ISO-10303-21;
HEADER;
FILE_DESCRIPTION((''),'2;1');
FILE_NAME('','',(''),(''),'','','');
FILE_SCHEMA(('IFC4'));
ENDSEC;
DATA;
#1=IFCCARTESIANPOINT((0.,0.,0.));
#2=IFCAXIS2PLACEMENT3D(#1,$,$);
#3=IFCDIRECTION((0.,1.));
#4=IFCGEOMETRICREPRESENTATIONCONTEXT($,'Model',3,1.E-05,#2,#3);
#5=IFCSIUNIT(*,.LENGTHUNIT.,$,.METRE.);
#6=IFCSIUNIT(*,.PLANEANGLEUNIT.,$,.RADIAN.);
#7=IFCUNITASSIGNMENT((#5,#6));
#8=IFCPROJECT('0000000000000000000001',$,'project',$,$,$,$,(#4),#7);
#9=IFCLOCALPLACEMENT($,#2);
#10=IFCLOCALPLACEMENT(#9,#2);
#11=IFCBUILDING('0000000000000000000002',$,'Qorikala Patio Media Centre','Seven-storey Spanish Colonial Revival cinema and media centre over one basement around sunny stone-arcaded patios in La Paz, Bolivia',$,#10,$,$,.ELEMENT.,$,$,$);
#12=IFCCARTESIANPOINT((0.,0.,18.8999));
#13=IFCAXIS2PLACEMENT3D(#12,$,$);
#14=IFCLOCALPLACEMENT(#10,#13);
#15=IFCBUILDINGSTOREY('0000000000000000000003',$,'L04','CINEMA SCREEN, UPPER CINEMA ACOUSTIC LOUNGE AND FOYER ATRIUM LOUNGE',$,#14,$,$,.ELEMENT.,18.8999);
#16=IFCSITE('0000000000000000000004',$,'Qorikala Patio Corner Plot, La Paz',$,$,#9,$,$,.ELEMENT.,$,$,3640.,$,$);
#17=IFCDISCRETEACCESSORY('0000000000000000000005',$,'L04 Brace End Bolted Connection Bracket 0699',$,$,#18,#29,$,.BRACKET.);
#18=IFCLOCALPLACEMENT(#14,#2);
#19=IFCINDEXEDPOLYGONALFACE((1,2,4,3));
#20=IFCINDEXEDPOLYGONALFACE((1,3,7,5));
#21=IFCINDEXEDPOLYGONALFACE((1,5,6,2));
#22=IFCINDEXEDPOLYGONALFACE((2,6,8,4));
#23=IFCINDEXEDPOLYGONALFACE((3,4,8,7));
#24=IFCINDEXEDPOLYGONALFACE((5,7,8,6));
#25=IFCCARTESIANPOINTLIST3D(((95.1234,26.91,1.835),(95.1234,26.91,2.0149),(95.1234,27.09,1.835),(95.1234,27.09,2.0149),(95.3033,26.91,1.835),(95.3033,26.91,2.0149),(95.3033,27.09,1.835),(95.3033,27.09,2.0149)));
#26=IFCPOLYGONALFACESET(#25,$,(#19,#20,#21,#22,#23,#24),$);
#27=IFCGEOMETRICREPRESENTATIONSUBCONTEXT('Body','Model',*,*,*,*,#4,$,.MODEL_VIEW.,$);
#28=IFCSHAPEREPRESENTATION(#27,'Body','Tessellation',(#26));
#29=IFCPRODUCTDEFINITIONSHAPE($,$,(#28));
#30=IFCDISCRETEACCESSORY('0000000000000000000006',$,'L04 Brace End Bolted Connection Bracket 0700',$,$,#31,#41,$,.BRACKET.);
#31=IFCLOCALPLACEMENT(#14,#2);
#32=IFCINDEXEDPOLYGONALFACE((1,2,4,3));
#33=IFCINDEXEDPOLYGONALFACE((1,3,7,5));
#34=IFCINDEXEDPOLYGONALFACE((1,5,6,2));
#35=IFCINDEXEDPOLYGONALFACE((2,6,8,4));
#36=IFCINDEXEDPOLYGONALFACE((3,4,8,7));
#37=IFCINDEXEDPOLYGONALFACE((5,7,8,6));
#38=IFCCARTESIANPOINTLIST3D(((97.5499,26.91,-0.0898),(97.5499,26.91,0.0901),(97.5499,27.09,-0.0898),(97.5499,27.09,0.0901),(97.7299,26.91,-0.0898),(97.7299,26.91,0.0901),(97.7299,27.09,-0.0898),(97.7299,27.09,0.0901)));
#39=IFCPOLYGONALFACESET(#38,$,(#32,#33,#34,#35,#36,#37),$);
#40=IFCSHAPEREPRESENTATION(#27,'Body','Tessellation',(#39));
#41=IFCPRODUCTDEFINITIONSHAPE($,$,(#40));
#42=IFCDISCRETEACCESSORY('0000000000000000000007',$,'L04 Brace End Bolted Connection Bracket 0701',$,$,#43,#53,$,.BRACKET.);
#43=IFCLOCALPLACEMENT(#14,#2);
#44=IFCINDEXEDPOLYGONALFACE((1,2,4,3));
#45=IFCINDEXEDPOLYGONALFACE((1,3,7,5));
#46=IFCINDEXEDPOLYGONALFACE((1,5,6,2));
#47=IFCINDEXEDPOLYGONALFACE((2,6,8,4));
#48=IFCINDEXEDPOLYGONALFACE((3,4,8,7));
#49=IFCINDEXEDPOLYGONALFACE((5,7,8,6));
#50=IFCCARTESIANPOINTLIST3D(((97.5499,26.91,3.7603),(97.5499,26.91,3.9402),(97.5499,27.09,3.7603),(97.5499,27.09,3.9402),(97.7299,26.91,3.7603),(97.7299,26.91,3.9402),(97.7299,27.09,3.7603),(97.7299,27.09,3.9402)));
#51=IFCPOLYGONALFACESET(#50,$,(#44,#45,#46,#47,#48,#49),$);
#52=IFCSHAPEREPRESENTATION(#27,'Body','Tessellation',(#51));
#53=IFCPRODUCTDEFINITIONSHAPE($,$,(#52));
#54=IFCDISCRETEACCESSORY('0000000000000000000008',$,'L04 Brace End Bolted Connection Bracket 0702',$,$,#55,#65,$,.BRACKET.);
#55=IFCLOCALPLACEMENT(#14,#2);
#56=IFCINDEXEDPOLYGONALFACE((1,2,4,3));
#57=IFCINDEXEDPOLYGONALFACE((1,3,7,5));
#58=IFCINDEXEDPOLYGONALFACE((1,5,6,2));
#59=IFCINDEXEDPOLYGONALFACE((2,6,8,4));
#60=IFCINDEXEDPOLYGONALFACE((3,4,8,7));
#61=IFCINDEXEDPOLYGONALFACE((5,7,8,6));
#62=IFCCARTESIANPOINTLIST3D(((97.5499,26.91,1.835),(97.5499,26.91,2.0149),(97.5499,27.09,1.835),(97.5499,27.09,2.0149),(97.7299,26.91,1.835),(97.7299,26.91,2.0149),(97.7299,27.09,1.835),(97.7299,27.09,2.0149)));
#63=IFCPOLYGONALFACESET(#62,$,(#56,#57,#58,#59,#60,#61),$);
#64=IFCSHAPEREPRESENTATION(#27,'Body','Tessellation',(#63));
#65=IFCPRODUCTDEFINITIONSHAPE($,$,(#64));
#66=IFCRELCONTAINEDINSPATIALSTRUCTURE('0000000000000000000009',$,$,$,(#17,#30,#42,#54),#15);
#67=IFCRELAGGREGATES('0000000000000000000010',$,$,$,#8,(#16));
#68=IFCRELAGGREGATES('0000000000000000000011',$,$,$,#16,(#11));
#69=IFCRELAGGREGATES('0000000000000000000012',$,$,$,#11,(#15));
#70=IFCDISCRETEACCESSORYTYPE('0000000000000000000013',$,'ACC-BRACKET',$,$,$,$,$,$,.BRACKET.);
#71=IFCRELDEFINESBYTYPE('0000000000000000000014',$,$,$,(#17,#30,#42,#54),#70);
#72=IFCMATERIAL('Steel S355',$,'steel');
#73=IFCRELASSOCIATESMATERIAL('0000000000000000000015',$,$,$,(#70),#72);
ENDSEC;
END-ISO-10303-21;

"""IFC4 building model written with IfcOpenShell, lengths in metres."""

from ifc_helpers import new_model, si_unit, direction, frame, origin, origin_2d, place, context, subcontext, project, spatial, rectangle, extrude, material, type_object, element, save


model = new_model("IFC4")

# Units and contexts
model_context = context("Model", 3, precision=1e-05, world=origin(), true_north=direction((0.0, 1.0)))
body_context = subcontext(model_context, "Body", "Model", "MODEL_VIEW")
ifc_project = project(units=[si_unit("LENGTHUNIT", "METRE"), si_unit("PLANEANGLEUNIT", "RADIAN")], contexts=[model_context])

# Site, building, storey
site_placement = place(None, origin())
site = spatial("IfcSite", under=ifc_project, at=site_placement, Name="Qorikala Patio Corner Plot, La Paz", CompositionType="ELEMENT", RefElevation=3640.0)
building_placement = place(site_placement, origin())
building = spatial("IfcBuilding", under=site, at=building_placement, Name="Qorikala Patio Media Centre", Description="Seven-storey Spanish Colonial Revival cinema and media centre over one basement around sunny stone-arcaded patios in La Paz, Bolivia", CompositionType="ELEMENT")
storey_placement = place(building_placement, frame((0.0, 0.0, 18.8999)))
storey = spatial("IfcBuildingStorey", under=building, at=storey_placement, Name="L04", Description="CINEMA SCREEN, UPPER CINEMA ACOUSTIC LOUNGE AND FOYER ATRIUM LOUNGE", CompositionType="ELEMENT", Elevation=18.8999)

# Discrete accessories
ifc_material_1 = material(Name="Steel S355", Category="steel")
discrete_accessory_type = type_object("IfcDiscreteAccessoryType", Name="ACC-BRACKET", PredefinedType="BRACKET", material=ifc_material_1)
for number, where, z_axis, x_axis, name in (
    (1, (95.2134, 27.0, 1.835), (0.0, 0.0, 1.0), (1.0, 0.0, 0.0), "L04 Brace End Bolted Connection Bracket 0699"),
    (2, (97.6399, 27.0, -0.0898), (0.0, 0.0, 1.0), (1.0, 0.0, 0.0), "L04 Brace End Bolted Connection Bracket 0700"),
    (3, (97.6399, 27.0, 3.7603), (0.0, 0.0, 1.0), (1.0, 0.0, 0.0), "L04 Brace End Bolted Connection Bracket 0701"),
    (4, (97.6399, 27.0, 1.835), (0.0, 0.0, 1.0), (1.0, 0.0, 0.0), "L04 Brace End Bolted Connection Bracket 0702"),
):
    element("IfcDiscreteAccessory", number, at=place(storey_placement, frame(where, z_axis=z_axis, x_axis=x_axis)), inside=storey, type_object=discrete_accessory_type, Name=name, PredefinedType="BRACKET", context=body_context, shape_type="SweptSolid", body=[
        extrude(rectangle(XDim=0.1799, YDim=0.1799, at=origin_2d()), origin(), (0.0, 0.0, 1.0), 0.1799),
    ])

save(model, "model.ifc")
